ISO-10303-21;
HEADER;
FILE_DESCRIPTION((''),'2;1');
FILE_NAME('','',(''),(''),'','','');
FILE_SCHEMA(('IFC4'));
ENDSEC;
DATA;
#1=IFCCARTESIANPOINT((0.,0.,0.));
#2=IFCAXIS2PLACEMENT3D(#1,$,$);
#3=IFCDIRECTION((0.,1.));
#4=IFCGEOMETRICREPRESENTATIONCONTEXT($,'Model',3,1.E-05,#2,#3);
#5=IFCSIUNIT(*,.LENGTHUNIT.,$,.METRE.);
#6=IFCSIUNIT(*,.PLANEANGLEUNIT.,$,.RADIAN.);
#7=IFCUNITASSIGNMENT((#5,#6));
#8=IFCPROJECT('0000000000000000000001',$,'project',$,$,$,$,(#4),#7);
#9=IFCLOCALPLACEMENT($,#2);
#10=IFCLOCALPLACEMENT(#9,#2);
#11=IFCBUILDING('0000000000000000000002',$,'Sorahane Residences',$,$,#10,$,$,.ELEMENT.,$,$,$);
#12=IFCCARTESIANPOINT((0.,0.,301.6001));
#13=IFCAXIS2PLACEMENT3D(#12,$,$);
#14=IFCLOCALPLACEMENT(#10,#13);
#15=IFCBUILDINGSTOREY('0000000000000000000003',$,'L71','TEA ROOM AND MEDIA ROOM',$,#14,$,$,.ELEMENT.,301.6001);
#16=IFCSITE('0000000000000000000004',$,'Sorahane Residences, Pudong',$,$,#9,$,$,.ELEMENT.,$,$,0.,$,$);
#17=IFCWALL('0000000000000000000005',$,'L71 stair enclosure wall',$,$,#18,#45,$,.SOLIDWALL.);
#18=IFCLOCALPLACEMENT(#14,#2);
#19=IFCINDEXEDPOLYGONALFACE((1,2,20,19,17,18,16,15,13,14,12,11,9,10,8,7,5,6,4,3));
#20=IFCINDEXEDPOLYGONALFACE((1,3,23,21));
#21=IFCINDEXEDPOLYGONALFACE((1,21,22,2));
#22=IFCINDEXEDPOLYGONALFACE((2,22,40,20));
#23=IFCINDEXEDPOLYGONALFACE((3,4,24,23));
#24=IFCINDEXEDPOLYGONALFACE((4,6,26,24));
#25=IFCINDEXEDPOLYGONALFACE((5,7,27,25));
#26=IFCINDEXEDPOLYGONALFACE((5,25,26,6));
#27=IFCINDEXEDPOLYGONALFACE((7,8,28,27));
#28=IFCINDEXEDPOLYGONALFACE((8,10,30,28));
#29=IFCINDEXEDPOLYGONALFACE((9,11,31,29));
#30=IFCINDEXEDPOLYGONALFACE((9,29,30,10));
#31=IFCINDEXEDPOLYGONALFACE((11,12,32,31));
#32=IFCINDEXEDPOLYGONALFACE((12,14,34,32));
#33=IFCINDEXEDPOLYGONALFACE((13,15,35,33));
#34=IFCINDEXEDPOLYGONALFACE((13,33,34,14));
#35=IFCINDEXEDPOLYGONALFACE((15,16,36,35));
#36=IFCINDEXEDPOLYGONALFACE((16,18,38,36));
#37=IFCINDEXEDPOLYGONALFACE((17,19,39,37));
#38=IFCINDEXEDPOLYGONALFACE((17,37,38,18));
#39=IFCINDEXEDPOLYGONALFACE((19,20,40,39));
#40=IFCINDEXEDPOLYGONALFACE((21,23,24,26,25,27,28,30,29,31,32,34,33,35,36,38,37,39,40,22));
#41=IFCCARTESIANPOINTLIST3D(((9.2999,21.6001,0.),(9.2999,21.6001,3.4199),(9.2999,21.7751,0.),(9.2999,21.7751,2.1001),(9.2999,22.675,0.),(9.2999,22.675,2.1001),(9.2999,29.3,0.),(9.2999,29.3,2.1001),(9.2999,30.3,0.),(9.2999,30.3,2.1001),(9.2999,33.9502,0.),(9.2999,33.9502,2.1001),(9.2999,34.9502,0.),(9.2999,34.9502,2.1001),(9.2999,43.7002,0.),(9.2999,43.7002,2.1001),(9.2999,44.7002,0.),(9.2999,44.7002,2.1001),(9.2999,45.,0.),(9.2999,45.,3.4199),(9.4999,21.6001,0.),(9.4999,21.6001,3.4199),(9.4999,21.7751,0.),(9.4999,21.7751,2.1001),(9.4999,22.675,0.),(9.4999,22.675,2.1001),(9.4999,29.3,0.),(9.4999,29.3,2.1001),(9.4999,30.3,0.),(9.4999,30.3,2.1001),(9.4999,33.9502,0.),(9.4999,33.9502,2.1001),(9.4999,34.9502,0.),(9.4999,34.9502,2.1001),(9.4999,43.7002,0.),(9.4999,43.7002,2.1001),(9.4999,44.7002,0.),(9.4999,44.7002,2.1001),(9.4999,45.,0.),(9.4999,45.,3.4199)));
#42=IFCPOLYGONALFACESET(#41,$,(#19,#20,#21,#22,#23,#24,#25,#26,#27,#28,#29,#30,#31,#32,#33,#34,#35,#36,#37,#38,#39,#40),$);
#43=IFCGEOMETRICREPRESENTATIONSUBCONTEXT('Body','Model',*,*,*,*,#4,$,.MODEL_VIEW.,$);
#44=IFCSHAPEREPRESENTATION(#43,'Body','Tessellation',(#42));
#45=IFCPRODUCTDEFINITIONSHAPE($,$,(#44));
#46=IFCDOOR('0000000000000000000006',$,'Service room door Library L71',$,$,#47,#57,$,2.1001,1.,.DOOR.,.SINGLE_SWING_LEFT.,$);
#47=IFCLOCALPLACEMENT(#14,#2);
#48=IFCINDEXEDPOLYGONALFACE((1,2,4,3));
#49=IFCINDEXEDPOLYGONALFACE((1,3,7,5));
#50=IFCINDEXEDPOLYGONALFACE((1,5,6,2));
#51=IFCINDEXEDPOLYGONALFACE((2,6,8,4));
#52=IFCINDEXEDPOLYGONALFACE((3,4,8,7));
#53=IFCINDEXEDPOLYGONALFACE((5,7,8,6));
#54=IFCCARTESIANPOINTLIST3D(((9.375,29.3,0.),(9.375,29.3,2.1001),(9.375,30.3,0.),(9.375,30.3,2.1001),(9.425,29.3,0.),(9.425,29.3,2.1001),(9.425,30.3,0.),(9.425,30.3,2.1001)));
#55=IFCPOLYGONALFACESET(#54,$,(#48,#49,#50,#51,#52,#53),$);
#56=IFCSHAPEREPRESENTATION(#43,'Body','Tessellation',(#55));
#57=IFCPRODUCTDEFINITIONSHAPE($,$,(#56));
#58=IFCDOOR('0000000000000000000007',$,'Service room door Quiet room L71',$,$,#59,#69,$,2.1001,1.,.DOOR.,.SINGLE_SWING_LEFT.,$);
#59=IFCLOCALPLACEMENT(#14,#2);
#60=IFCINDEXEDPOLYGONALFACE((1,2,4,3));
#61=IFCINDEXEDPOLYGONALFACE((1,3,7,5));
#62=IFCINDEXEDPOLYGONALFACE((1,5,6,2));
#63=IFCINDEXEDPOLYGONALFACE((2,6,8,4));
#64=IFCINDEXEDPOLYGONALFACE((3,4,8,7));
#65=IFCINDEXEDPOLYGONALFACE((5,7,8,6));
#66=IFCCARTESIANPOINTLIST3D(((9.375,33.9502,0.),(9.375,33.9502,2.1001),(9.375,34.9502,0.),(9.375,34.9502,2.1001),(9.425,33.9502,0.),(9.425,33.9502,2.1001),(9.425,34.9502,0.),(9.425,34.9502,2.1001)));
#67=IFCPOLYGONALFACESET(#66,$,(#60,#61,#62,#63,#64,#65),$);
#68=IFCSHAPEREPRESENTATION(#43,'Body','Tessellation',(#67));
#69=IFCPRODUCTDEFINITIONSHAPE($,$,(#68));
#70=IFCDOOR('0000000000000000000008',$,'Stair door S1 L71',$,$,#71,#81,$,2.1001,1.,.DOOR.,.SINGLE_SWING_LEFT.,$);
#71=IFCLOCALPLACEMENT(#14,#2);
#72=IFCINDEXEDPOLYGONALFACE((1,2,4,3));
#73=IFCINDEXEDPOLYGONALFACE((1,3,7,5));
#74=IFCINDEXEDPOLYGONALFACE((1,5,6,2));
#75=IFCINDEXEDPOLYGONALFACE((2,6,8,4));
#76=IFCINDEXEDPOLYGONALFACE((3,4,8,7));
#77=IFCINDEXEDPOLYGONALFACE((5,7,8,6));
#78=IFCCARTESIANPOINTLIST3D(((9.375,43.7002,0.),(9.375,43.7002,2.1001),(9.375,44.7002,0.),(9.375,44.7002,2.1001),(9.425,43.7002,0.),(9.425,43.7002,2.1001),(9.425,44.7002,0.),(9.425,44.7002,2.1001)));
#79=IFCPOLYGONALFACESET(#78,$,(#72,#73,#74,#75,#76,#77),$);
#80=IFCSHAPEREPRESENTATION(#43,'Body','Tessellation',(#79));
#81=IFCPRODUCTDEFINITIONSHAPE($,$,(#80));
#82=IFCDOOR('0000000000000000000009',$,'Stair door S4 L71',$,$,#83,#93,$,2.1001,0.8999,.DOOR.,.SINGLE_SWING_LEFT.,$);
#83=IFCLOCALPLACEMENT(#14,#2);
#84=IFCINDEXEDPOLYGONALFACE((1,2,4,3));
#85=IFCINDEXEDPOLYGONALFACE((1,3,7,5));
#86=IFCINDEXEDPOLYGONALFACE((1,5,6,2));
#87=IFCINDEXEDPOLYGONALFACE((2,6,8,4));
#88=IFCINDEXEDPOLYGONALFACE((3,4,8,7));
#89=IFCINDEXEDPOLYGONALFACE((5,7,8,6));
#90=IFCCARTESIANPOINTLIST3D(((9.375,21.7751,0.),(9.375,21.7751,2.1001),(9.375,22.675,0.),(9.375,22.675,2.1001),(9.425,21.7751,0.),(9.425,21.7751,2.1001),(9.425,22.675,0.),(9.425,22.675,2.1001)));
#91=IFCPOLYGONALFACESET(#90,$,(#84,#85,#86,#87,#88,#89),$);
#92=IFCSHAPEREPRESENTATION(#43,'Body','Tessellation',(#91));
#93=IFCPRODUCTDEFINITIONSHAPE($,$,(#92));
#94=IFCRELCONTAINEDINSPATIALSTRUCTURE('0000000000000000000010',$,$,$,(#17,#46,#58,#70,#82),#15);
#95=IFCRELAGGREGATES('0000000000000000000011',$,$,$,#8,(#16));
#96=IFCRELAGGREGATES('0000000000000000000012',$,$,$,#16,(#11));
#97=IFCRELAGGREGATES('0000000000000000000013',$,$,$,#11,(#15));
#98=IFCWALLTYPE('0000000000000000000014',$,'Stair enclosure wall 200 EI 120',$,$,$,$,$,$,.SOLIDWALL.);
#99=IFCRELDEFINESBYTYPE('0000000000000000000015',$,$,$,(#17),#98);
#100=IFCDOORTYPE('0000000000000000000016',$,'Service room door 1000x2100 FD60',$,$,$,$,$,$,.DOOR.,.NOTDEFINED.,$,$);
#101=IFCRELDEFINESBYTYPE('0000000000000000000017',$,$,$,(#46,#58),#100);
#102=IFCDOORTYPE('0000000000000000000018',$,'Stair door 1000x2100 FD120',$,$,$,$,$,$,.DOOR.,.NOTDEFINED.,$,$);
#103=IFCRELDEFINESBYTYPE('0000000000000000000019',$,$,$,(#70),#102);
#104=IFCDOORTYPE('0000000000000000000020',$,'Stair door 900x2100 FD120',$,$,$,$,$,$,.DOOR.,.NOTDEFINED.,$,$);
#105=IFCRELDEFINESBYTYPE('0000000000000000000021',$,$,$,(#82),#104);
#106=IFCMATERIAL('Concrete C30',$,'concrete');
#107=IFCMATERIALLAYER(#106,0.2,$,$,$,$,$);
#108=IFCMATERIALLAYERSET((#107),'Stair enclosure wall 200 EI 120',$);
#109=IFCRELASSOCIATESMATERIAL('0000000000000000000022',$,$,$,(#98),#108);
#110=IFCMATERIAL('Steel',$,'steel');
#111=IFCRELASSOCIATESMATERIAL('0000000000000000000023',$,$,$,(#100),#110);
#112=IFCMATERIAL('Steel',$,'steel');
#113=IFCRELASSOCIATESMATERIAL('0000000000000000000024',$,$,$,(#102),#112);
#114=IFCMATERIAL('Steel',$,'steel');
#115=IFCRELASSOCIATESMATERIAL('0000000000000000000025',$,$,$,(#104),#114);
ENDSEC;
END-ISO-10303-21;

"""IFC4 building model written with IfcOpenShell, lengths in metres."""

from ifc_helpers import new_model, si_unit, direction, frame, frame_2d, origin, place, context, subcontext, project, spatial, rectangle, extrude, material, layer, layer_set, type_object, element, fill, save


model = new_model("IFC4")

# Units and contexts
model_context = context("Model", 3, precision=1e-05, world=origin(), true_north=direction((0.0, 1.0)))
body_context = subcontext(model_context, "Body", "Model", "MODEL_VIEW")
ifc_project = project(units=[si_unit("LENGTHUNIT", "METRE"), si_unit("PLANEANGLEUNIT", "RADIAN")], contexts=[model_context])

# Site, building, storey
site_placement = place(None, origin())
site = spatial("IfcSite", under=ifc_project, at=site_placement, Name="Sorahane Residences, Pudong", CompositionType="ELEMENT", RefElevation=0.0)
building_placement = place(site_placement, origin())
building = spatial("IfcBuilding", under=site, at=building_placement, Name="Sorahane Residences", CompositionType="ELEMENT")
storey_placement = place(building_placement, frame((0.0, 0.0, 301.6001)))
storey = spatial("IfcBuildingStorey", under=building, at=storey_placement, Name="L71", Description="TEA ROOM AND MEDIA ROOM", CompositionType="ELEMENT", Elevation=301.6001)

# Wall, openings, doors
ifc_material_1 = material(Name="Concrete C30", Category="concrete")
ifc_layer_1 = layer(ifc_material_1, 0.2)
ifc_layer_set_1 = layer_set([ifc_layer_1], Name="Stair enclosure wall 200 EI 120")
wall_type_1 = type_object("IfcWallType", Name="Stair enclosure wall 200 EI 120", PredefinedType="SOLIDWALL", material=ifc_layer_set_1)
wall_1_placement = place(storey_placement, frame((9.3999, 21.6001, 0.0), z_axis=(0.0, 0.0, 1.0), x_axis=(0.0, 1.0, 0.0)))
wall_1 = element("IfcWall", 1, at=wall_1_placement, inside=storey, type_object=wall_type_1, Name="L71 stair enclosure wall", PredefinedType="SOLIDWALL", context=body_context, shape_type="SweptSolid", body=[
    extrude(rectangle(XDim=23.3999, YDim=0.2, at=frame_2d((11.7, 0.0))), origin(), (0.0, 0.0, 1.0), 3.4199),
])
opening_1_placement = place(wall_1_placement, frame((7.7, 0.0, 0.0)))
opening_1 = element("IfcOpeningElement", 2, at=opening_1_placement, cuts=wall_1, PredefinedType="OPENING", context=body_context, shape_type="SweptSolid", body=[
    extrude(rectangle(XDim=1.0, YDim=2.1001, at=frame_2d((0.5, 1.05))), frame((0.0, 0.1099, 0.0), z_axis=(0.0, -1.0, 0.0), x_axis=(1.0, 0.0, 0.0)), (0.0, 0.0, 1.0), 0.22),
])
opening_2_placement = place(wall_1_placement, frame((12.3501, 0.0, 0.0)))
opening_2 = element("IfcOpeningElement", 3, at=opening_2_placement, cuts=wall_1, PredefinedType="OPENING", context=body_context, shape_type="SweptSolid", body=[
    extrude(rectangle(XDim=1.0, YDim=2.1001, at=frame_2d((0.5, 1.05))), frame((0.0, 0.1099, 0.0), z_axis=(0.0, -1.0, 0.0), x_axis=(1.0, 0.0, 0.0)), (0.0, 0.0, 1.0), 0.22),
])
opening_3_placement = place(wall_1_placement, frame((22.1001, 0.0, 0.0)))
opening_3 = element("IfcOpeningElement", 4, at=opening_3_placement, cuts=wall_1, PredefinedType="OPENING", context=body_context, shape_type="SweptSolid", body=[
    extrude(rectangle(XDim=1.0, YDim=2.1001, at=frame_2d((0.5, 1.05))), frame((0.0, 0.1099, 0.0), z_axis=(0.0, -1.0, 0.0), x_axis=(1.0, 0.0, 0.0)), (0.0, 0.0, 1.0), 0.22),
])
opening_4_placement = place(wall_1_placement, frame((0.175, 0.0, 0.0)))
opening_4 = element("IfcOpeningElement", 5, at=opening_4_placement, cuts=wall_1, PredefinedType="OPENING", context=body_context, shape_type="SweptSolid", body=[
    extrude(rectangle(XDim=0.8999, YDim=2.1001, at=frame_2d((0.45, 1.05))), frame((0.0, 0.1099, 0.0), z_axis=(0.0, -1.0, 0.0), x_axis=(1.0, 0.0, 0.0)), (0.0, 0.0, 1.0), 0.22),
])
ifc_material_2 = material(Name="Steel", Category="steel")
door_type_1 = type_object("IfcDoorType", Name="Service room door 1000x2100 FD60", OperationType="NOTDEFINED", PredefinedType="DOOR", material=ifc_material_2)
door_1_placement = place(opening_1_placement, origin())
door_1 = element("IfcDoor", 6, at=door_1_placement, inside=storey, type_object=door_type_1, Name="Service room door Library L71", OperationType="SINGLE_SWING_LEFT", OverallHeight=2.1001, OverallWidth=1.0, PredefinedType="DOOR", context=body_context, shape_type="SweptSolid", body=[
    extrude(rectangle(XDim=1.0, YDim=2.1001, at=frame_2d((0.5, 1.05))), frame((0.0, 0.0249, 0.0), z_axis=(0.0, -1.0, 0.0), x_axis=(1.0, 0.0, 0.0)), (0.0, 0.0, 1.0), 0.05),
])
fill(opening_1, door_1)
door_2_placement = place(opening_2_placement, origin())
door_2 = element("IfcDoor", 7, at=door_2_placement, inside=storey, type_object=door_type_1, Name="Service room door Quiet room L71", OperationType="SINGLE_SWING_LEFT", OverallHeight=2.1001, OverallWidth=1.0, PredefinedType="DOOR", context=body_context, shape_type="SweptSolid", body=[
    extrude(rectangle(XDim=1.0, YDim=2.1001, at=frame_2d((0.5, 1.05))), frame((0.0, 0.0249, 0.0), z_axis=(0.0, -1.0, 0.0), x_axis=(1.0, 0.0, 0.0)), (0.0, 0.0, 1.0), 0.05),
])
fill(opening_2, door_2)
ifc_material_3 = material(Name="Steel", Category="steel")
door_type_2 = type_object("IfcDoorType", Name="Stair door 1000x2100 FD120", OperationType="NOTDEFINED", PredefinedType="DOOR", material=ifc_material_3)
door_3_placement = place(opening_3_placement, origin())
door_3 = element("IfcDoor", 8, at=door_3_placement, inside=storey, type_object=door_type_2, Name="Stair door S1 L71", OperationType="SINGLE_SWING_LEFT", OverallHeight=2.1001, OverallWidth=1.0, PredefinedType="DOOR", context=body_context, shape_type="SweptSolid", body=[
    extrude(rectangle(XDim=1.0, YDim=2.1001, at=frame_2d((0.5, 1.05))), frame((0.0, 0.0249, 0.0), z_axis=(0.0, -1.0, 0.0), x_axis=(1.0, 0.0, 0.0)), (0.0, 0.0, 1.0), 0.05),
])
fill(opening_3, door_3)
ifc_material_4 = material(Name="Steel", Category="steel")
door_type_3 = type_object("IfcDoorType", Name="Stair door 900x2100 FD120", OperationType="NOTDEFINED", PredefinedType="DOOR", material=ifc_material_4)
door_4_placement = place(opening_4_placement, origin())
door_4 = element("IfcDoor", 9, at=door_4_placement, inside=storey, type_object=door_type_3, Name="Stair door S4 L71", OperationType="SINGLE_SWING_LEFT", OverallHeight=2.1001, OverallWidth=0.8999, PredefinedType="DOOR", context=body_context, shape_type="SweptSolid", body=[
    extrude(rectangle(XDim=0.8999, YDim=2.1001, at=frame_2d((0.45, 1.05))), frame((0.0, 0.0249, 0.0), z_axis=(0.0, -1.0, 0.0), x_axis=(1.0, 0.0, 0.0)), (0.0, 0.0, 1.0), 0.05),
])
fill(opening_4, door_4)

save(model, "model.ifc")
